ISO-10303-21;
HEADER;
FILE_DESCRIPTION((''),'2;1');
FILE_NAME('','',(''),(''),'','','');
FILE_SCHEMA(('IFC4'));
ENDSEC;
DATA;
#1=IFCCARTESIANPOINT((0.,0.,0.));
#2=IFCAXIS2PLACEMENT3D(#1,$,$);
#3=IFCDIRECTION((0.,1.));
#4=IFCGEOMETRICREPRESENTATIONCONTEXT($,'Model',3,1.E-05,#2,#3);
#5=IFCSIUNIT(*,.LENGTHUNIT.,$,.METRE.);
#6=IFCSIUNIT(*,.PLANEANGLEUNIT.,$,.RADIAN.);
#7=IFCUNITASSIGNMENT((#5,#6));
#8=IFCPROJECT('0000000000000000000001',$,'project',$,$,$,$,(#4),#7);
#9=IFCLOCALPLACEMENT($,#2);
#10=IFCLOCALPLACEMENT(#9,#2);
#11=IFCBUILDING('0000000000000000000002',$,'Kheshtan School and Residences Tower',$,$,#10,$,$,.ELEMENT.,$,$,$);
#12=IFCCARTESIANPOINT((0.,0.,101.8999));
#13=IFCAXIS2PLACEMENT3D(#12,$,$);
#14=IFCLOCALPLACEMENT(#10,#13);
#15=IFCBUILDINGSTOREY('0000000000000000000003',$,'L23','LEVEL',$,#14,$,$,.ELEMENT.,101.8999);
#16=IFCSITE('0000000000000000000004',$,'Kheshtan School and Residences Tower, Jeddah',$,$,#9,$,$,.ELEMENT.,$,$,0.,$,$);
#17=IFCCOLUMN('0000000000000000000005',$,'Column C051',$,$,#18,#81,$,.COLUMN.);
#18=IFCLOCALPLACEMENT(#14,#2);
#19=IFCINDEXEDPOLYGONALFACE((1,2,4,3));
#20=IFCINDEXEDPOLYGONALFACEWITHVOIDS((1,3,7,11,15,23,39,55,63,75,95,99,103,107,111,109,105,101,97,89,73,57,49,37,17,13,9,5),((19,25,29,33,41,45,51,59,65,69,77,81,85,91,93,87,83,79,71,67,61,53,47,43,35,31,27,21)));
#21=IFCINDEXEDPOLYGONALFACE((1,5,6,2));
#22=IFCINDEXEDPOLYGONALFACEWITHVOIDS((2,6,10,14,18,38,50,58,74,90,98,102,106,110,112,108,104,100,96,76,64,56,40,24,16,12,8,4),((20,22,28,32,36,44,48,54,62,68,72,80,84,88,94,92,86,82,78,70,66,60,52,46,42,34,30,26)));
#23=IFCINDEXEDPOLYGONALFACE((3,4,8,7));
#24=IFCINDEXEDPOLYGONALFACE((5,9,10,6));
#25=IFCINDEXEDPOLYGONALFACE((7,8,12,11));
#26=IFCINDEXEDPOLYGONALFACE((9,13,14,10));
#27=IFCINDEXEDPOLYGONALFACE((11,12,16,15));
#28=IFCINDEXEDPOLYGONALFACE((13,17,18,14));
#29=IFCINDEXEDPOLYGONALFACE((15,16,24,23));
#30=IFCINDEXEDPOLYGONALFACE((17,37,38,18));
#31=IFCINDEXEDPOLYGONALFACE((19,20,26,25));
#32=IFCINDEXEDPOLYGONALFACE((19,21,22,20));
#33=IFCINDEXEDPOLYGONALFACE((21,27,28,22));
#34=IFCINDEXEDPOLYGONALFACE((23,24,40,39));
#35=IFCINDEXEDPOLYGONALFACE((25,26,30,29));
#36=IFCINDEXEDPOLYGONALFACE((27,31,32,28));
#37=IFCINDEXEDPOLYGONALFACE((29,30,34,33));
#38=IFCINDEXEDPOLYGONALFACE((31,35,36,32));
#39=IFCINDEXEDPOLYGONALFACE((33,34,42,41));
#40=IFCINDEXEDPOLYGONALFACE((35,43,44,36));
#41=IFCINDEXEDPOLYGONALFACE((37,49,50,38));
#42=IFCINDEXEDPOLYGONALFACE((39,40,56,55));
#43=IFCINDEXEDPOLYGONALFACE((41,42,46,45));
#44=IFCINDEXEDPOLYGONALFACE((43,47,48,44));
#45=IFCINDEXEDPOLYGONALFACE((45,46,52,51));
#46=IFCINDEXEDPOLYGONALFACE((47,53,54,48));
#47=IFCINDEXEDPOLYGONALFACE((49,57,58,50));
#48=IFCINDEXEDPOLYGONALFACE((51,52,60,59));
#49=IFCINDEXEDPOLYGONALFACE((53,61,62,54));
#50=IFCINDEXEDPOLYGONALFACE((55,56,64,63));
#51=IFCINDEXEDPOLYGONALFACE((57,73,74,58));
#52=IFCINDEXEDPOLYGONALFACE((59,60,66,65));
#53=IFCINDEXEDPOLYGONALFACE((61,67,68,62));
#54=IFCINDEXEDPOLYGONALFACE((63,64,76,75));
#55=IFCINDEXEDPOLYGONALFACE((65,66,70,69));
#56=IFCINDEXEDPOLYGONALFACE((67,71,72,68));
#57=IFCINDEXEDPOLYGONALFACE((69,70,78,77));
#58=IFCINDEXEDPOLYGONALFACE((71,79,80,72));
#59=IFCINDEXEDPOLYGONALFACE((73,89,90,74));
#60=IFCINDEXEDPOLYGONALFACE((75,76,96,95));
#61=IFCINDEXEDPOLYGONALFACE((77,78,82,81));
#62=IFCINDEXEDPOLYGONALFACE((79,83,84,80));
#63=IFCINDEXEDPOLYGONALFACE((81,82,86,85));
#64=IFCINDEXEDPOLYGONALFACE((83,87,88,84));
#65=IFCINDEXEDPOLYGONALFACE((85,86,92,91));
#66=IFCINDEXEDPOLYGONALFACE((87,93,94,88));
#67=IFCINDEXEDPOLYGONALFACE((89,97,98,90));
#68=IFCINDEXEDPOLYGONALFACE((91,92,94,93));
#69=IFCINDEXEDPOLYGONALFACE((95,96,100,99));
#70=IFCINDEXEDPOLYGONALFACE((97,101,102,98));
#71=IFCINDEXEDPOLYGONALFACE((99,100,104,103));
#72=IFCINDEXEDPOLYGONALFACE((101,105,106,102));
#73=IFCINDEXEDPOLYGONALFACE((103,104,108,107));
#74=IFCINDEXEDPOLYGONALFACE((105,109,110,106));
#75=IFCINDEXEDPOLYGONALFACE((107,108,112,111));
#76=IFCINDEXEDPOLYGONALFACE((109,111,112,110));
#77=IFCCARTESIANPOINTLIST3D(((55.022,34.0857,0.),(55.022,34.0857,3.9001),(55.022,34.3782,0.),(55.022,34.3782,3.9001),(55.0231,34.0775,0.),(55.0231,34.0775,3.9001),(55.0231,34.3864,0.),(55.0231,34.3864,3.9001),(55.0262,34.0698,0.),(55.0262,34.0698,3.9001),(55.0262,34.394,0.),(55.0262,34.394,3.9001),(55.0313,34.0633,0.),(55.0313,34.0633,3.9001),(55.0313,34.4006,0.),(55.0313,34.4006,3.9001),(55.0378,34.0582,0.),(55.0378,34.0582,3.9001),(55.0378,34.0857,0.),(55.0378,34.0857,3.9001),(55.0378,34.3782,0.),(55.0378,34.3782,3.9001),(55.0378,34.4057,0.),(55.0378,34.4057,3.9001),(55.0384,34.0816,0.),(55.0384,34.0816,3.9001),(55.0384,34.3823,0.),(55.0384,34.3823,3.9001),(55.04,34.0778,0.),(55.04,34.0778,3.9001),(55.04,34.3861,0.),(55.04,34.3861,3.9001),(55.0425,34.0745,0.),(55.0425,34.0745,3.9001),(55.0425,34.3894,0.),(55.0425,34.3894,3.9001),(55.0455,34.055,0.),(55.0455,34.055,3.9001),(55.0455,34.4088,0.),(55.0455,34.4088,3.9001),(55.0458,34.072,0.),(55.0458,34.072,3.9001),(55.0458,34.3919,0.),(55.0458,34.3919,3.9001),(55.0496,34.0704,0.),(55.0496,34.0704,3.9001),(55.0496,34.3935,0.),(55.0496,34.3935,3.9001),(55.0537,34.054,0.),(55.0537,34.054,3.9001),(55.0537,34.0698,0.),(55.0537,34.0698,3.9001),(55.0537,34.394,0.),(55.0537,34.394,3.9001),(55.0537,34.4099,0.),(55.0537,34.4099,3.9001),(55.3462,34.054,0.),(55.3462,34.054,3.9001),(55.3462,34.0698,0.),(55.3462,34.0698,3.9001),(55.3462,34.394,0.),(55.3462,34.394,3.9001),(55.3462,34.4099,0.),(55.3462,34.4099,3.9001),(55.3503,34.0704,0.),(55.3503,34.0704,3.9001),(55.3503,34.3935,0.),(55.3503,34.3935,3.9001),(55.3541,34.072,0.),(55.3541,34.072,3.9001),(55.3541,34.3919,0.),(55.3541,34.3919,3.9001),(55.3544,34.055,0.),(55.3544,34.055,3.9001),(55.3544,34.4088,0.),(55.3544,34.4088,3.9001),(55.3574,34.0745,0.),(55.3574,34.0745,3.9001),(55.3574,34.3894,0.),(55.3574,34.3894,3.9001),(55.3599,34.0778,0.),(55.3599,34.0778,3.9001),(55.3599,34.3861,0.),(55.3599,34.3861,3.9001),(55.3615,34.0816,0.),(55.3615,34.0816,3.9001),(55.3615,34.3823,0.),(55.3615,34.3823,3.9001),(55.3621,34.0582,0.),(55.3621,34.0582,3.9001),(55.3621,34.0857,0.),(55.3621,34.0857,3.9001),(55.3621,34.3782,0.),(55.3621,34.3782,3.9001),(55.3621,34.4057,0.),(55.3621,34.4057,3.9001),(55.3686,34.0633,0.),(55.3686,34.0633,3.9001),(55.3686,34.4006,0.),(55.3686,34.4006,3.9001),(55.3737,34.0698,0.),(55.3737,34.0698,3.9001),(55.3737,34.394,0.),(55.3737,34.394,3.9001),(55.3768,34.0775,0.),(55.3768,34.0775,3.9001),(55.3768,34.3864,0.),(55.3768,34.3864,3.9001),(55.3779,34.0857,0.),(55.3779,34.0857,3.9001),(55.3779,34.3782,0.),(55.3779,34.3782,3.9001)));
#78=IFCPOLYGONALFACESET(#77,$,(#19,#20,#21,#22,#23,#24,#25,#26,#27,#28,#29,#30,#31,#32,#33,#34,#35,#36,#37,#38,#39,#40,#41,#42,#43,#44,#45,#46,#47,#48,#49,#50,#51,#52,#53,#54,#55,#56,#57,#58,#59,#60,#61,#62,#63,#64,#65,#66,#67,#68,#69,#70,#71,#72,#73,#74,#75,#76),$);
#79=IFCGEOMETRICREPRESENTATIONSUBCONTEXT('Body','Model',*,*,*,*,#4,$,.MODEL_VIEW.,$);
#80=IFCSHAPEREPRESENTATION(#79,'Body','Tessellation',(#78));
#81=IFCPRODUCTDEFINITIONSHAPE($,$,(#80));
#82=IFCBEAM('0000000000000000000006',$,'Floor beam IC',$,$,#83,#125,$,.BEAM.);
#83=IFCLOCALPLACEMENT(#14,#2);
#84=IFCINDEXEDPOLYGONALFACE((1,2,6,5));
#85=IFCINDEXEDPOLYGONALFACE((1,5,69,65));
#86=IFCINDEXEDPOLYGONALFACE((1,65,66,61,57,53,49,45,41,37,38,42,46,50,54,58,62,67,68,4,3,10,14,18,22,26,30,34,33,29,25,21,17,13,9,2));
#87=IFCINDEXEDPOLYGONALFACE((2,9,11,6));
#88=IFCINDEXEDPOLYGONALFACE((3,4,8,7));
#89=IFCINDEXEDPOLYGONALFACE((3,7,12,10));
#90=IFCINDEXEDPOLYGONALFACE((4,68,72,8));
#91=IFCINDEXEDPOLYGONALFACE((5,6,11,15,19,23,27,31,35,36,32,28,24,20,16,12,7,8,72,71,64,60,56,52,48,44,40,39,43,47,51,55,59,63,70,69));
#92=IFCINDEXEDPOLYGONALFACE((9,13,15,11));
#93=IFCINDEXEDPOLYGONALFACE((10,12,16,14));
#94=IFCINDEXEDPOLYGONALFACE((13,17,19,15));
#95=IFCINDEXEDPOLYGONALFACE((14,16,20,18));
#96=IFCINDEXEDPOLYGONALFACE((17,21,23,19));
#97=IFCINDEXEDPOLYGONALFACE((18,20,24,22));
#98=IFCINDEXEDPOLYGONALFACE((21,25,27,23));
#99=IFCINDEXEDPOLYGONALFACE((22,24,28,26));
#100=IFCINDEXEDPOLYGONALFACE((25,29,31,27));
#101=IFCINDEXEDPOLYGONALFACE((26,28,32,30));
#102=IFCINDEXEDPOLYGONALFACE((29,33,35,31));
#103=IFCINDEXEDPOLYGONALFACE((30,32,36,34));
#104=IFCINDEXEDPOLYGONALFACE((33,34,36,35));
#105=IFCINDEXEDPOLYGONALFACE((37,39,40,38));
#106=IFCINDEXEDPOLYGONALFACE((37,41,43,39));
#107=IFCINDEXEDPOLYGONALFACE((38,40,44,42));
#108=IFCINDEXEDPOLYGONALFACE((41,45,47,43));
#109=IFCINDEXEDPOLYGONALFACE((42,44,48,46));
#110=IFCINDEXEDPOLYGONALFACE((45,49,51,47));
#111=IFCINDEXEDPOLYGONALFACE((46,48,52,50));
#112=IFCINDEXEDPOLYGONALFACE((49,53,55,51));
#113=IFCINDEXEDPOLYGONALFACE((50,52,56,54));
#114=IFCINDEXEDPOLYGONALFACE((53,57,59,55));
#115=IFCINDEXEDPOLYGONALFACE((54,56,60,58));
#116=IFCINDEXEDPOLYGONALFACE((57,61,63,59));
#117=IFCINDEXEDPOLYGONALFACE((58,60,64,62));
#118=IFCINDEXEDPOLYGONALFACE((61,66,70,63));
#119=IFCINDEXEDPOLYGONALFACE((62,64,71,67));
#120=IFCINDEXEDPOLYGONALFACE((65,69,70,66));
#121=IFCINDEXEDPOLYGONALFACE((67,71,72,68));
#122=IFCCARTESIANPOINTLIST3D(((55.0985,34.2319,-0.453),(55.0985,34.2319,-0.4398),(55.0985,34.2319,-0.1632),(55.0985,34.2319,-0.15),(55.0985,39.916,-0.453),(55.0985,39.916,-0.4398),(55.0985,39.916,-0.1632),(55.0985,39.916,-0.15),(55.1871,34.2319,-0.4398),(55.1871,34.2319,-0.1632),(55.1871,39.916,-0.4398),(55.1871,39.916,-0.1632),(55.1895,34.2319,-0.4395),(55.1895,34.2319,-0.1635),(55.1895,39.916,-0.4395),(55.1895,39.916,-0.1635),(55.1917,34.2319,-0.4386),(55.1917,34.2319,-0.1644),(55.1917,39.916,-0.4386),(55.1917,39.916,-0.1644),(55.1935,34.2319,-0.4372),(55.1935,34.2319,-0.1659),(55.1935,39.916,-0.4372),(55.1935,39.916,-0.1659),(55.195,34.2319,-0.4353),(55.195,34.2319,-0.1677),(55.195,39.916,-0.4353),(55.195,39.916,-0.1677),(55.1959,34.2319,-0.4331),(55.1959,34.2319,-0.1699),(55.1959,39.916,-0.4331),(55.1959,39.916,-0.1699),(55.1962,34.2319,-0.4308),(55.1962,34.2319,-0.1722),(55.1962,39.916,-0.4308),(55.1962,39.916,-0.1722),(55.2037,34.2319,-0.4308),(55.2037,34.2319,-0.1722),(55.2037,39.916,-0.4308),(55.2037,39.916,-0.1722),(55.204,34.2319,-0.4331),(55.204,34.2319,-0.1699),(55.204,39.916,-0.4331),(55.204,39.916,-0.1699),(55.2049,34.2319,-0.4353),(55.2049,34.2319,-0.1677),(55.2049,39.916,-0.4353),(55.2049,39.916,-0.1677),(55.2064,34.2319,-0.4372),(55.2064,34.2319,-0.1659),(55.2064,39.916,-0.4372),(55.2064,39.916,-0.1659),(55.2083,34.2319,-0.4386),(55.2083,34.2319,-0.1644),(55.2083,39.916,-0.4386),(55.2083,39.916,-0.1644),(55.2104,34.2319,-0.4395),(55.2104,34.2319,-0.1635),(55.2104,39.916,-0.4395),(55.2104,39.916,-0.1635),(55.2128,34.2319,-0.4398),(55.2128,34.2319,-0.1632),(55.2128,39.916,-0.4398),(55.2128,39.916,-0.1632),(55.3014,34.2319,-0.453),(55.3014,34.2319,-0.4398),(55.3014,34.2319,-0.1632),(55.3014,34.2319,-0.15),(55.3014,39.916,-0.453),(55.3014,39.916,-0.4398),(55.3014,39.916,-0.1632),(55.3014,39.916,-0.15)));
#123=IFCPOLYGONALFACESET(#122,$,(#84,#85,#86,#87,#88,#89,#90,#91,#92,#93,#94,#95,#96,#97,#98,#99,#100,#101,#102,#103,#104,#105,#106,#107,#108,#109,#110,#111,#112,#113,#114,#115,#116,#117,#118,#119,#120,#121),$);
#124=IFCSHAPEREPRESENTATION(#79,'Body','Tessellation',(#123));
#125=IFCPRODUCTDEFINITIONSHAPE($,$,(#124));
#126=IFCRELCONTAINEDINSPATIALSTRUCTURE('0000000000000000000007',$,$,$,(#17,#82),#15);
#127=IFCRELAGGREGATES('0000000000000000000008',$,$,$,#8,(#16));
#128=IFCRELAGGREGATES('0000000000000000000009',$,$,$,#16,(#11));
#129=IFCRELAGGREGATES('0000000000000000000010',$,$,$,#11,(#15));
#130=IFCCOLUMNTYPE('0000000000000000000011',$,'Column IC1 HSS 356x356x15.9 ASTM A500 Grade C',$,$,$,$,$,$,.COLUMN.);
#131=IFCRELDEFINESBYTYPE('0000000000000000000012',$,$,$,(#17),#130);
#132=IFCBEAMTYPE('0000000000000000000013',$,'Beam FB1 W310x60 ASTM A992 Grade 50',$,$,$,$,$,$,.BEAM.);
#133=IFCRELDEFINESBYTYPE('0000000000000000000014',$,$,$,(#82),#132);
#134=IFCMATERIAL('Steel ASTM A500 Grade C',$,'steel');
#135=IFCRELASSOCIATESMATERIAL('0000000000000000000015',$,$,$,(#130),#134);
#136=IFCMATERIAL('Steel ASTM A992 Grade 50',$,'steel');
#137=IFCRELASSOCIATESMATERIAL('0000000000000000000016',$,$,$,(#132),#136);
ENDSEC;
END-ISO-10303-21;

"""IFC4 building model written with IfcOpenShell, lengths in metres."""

from ifc_helpers import new_model, si_unit, direction, frame, origin, origin_2d, place, context, subcontext, project, spatial, hollow_rectangle, i_section, extrude, material, material_profile, profile_set, type_object, element, save


model = new_model("IFC4")

# Units and contexts
model_context = context("Model", 3, precision=1e-05, world=origin(), true_north=direction((0.0, 1.0)))
body_context = subcontext(model_context, "Body", "Model", "MODEL_VIEW")
ifc_project = project(units=[si_unit("LENGTHUNIT", "METRE"), si_unit("PLANEANGLEUNIT", "RADIAN")], contexts=[model_context])

# Site, building, storey
site_placement = place(None, origin())
site = spatial("IfcSite", under=ifc_project, at=site_placement, Name="Kheshtan School and Residences Tower, Jeddah", CompositionType="ELEMENT", RefElevation=0.0)
building_placement = place(site_placement, origin())
building = spatial("IfcBuilding", under=site, at=building_placement, Name="Kheshtan School and Residences Tower", CompositionType="ELEMENT")
storey_placement = place(building_placement, frame((0.0, 0.0, 101.8999)))
storey = spatial("IfcBuildingStorey", under=building, at=storey_placement, Name="L23", Description="LEVEL", CompositionType="ELEMENT", Elevation=101.8999)

# Column
ifc_material_1 = material(Name="Steel ASTM A500 Grade C", Category="steel")
ifc_material_profile_1 = material_profile(ifc_material_1, hollow_rectangle(XDim=0.356, YDim=0.356, WallThickness=0.0159, InnerFilletRadius=0.0159, OuterFilletRadius=0.0317, at=origin_2d()), Name="HSS 356x356x15.9")
ifc_profile_set_1 = profile_set([ifc_material_profile_1], Name="Steel ASTM A500 Grade C")
column_type = type_object("IfcColumnType", Name="Column IC1 HSS 356x356x15.9 ASTM A500 Grade C", PredefinedType="COLUMN", material=ifc_profile_set_1)
column_placement = place(storey_placement, frame((55.2, 34.2319, 0.0), z_axis=(0.0, 0.0, 1.0), x_axis=(1.0, 0.0, 0.0)))
element("IfcColumn", 1, at=column_placement, inside=storey, type_object=column_type, Name="Column C051", PredefinedType="COLUMN", context=body_context, shape_type="SweptSolid", body=[
    extrude(hollow_rectangle(XDim=0.356, YDim=0.356, WallThickness=0.0159, InnerFilletRadius=0.0159, OuterFilletRadius=0.0317, at=origin_2d()), origin(), (0.0, 0.0, 1.0), 3.9001),
])

# Beam
ifc_material_2 = material(Name="Steel ASTM A992 Grade 50", Category="steel")
ifc_material_profile_2 = material_profile(ifc_material_2, i_section(OverallWidth=0.2029, OverallDepth=0.303, WebThickness=0.0076, FlangeThickness=0.0132, FilletRadius=0.009, at=origin_2d()), Name="W310x60")
ifc_profile_set_2 = profile_set([ifc_material_profile_2], Name="Steel ASTM A992 Grade 50")
beam_type = type_object("IfcBeamType", Name="Beam FB1 W310x60 ASTM A992 Grade 50", PredefinedType="BEAM", material=ifc_profile_set_2)
beam_placement = place(storey_placement, frame((55.2, 34.2319, -0.3015), z_axis=(0.0, 1.0, 0.0), x_axis=(-1.0, 0.0, 0.0)))
element("IfcBeam", 2, at=beam_placement, inside=storey, type_object=beam_type, Name="Floor beam IC", PredefinedType="BEAM", context=body_context, shape_type="SweptSolid", body=[
    extrude(i_section(OverallWidth=0.2029, OverallDepth=0.303, WebThickness=0.0076, FlangeThickness=0.0132, FilletRadius=0.009, at=origin_2d()), origin(), (0.0, 0.0, 1.0), 5.6841),
])

save(model, "model.ifc")
